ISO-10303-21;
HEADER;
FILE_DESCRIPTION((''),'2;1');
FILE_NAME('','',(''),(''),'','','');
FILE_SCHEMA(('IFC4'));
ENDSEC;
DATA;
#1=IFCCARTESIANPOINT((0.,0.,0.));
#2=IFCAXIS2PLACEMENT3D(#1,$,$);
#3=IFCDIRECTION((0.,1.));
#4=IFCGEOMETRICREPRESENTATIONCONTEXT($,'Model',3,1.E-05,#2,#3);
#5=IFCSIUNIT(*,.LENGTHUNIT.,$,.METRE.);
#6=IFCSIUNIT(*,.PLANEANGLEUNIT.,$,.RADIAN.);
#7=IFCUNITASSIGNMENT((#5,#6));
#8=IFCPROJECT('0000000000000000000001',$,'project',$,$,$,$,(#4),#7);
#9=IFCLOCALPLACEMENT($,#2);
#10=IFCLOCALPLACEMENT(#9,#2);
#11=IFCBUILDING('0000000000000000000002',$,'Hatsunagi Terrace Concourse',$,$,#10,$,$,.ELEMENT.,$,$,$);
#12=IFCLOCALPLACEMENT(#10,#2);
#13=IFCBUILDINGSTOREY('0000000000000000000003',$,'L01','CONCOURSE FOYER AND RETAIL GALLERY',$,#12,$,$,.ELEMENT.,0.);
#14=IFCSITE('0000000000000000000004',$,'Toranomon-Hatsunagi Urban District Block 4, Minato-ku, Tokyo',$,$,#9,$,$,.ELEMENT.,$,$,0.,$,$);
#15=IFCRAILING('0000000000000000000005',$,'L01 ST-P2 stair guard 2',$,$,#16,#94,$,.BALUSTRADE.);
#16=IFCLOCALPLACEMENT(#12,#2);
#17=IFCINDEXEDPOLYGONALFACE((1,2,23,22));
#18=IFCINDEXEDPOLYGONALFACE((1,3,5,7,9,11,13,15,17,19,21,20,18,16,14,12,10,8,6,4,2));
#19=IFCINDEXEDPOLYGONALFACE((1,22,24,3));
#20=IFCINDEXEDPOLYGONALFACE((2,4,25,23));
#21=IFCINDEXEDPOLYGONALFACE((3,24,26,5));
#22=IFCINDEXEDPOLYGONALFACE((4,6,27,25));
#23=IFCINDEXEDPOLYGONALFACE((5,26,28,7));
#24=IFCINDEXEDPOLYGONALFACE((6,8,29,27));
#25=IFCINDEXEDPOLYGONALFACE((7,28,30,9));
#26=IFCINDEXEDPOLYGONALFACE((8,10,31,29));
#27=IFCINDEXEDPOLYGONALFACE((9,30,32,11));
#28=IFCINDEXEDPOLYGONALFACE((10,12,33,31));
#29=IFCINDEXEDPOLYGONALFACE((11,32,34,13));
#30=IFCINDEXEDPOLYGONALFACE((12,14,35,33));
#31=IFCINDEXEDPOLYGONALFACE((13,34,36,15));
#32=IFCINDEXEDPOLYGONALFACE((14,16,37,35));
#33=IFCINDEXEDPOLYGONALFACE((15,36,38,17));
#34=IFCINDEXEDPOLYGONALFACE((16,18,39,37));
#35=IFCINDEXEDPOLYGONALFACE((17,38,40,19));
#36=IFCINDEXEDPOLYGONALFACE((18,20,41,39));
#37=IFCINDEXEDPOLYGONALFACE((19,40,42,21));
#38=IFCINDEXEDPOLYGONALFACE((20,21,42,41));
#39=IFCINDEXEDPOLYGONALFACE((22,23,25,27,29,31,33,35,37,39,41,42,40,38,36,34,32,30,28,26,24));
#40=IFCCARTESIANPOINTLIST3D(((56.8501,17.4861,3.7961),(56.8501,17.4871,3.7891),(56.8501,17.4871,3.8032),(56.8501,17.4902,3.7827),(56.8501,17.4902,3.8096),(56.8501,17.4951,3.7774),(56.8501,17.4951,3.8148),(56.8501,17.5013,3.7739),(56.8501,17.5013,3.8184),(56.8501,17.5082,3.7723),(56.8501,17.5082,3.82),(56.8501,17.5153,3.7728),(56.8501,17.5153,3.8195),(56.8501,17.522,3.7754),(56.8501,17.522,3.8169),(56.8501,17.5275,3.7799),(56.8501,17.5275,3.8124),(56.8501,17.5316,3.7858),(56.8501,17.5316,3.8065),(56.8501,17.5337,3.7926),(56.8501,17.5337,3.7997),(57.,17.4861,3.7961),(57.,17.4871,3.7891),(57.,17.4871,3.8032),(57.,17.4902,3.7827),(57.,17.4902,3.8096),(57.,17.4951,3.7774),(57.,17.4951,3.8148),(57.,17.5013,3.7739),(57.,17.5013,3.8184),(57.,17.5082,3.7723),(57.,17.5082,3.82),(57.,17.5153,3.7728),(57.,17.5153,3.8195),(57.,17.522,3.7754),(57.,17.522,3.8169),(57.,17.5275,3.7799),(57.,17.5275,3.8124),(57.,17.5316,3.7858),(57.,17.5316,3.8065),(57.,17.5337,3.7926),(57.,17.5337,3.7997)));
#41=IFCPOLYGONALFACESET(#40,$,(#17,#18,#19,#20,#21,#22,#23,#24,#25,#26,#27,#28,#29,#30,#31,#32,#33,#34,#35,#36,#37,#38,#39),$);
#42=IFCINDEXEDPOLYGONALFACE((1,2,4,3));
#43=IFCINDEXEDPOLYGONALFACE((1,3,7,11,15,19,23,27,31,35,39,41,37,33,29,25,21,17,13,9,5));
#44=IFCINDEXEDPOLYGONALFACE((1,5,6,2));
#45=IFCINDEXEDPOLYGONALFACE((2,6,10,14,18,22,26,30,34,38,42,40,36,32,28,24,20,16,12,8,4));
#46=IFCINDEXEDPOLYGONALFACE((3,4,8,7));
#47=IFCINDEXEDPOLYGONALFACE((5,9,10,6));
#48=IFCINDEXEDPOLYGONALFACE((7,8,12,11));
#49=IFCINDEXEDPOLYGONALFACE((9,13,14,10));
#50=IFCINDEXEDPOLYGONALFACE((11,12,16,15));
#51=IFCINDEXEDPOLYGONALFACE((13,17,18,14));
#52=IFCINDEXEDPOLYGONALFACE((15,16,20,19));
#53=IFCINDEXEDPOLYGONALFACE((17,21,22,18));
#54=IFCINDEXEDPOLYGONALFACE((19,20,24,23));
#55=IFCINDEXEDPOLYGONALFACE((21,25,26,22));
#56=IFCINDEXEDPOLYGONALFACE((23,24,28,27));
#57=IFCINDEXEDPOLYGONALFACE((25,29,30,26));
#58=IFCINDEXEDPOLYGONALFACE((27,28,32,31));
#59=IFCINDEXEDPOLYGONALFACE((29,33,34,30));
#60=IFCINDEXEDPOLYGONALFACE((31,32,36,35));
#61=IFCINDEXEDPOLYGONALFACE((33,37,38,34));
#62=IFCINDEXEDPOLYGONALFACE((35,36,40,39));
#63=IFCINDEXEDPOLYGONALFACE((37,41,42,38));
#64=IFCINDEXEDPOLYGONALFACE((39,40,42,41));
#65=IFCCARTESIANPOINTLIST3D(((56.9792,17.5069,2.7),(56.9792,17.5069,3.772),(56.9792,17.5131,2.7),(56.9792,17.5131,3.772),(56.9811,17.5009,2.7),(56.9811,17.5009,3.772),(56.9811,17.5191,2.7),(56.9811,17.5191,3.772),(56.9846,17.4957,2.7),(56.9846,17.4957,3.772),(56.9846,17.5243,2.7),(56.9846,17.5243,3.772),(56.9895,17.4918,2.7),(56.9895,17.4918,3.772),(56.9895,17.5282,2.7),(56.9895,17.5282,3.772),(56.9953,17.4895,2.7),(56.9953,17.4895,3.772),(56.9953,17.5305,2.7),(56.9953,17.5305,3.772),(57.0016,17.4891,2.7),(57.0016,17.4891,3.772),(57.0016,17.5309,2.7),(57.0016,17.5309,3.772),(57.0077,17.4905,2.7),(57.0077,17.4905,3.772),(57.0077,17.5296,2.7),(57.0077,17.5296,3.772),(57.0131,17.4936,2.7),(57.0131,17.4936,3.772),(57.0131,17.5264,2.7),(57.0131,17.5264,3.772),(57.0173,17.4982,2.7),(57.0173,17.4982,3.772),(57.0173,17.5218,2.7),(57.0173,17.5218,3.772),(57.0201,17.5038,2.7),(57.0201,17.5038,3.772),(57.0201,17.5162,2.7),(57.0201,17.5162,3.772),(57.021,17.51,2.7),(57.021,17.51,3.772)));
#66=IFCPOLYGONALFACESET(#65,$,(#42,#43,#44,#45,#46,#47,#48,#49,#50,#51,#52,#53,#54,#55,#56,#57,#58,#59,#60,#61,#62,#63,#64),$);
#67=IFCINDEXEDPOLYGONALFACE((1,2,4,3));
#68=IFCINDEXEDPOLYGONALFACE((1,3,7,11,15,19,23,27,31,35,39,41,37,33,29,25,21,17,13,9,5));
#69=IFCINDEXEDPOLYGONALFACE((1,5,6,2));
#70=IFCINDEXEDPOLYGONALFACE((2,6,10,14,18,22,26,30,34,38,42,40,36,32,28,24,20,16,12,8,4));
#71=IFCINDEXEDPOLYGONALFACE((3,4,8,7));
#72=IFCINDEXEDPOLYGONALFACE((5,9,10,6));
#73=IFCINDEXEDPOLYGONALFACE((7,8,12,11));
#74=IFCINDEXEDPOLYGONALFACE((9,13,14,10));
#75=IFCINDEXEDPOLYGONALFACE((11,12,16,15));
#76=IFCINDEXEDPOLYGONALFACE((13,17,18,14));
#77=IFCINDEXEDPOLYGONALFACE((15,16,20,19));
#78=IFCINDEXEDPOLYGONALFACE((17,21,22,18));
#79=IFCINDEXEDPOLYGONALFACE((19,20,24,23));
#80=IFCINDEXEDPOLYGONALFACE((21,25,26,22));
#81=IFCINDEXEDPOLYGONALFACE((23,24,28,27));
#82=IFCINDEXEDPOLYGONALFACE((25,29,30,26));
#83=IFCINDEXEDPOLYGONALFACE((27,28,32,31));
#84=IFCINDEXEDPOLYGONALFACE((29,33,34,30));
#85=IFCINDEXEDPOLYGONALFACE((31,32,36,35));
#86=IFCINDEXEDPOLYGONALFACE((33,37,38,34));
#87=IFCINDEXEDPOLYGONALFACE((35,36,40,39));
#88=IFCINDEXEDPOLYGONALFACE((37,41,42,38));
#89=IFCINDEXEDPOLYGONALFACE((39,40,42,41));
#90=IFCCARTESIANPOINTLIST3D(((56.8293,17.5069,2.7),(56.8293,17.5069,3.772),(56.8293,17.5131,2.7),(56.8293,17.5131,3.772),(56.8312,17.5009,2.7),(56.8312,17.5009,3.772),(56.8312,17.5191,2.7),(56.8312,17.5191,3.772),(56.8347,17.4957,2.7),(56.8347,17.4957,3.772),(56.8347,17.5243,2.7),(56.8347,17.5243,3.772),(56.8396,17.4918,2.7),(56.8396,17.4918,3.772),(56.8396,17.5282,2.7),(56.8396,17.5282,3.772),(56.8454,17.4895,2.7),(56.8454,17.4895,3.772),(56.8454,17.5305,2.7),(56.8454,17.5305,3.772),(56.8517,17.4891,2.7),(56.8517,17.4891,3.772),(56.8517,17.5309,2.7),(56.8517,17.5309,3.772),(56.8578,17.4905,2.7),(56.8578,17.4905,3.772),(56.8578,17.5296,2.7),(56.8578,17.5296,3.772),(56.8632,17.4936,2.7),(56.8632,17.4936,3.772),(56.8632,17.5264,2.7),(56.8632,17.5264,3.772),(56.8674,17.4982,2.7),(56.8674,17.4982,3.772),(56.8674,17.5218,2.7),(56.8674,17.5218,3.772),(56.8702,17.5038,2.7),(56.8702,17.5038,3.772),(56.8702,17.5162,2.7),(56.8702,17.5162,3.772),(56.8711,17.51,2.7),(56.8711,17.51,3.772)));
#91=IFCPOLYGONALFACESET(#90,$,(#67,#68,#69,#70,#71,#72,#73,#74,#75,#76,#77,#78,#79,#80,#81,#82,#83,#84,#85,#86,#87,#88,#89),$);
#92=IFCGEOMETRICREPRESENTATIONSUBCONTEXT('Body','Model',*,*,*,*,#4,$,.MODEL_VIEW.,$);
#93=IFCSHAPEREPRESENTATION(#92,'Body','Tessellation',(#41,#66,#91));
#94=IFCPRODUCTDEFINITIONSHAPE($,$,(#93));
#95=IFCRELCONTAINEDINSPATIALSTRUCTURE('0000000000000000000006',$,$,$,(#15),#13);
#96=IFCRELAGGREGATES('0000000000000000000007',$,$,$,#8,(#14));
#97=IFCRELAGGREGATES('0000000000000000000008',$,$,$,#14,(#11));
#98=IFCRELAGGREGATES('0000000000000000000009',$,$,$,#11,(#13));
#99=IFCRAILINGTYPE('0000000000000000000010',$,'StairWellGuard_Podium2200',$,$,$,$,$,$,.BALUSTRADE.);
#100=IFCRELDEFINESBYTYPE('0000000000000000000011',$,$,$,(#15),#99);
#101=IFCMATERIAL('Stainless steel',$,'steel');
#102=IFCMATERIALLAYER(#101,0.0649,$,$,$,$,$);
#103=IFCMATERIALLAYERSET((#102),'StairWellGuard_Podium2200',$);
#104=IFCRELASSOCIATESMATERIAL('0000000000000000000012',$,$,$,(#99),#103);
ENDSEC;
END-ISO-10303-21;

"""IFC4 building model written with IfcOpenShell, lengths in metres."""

from ifc_helpers import new_model, si_unit, direction, frame, origin, origin_2d, place, context, subcontext, project, spatial, circle, extrude, material, layer, layer_set, type_object, element, save


model = new_model("IFC4")

# Units and contexts
model_context = context("Model", 3, precision=1e-05, world=origin(), true_north=direction((0.0, 1.0)))
body_context = subcontext(model_context, "Body", "Model", "MODEL_VIEW")
ifc_project = project(units=[si_unit("LENGTHUNIT", "METRE"), si_unit("PLANEANGLEUNIT", "RADIAN")], contexts=[model_context])

# Site, building, storey
site_placement = place(None, origin())
site = spatial("IfcSite", under=ifc_project, at=site_placement, Name="Toranomon-Hatsunagi Urban District Block 4, Minato-ku, Tokyo", CompositionType="ELEMENT", RefElevation=0.0)
building_placement = place(site_placement, origin())
building = spatial("IfcBuilding", under=site, at=building_placement, Name="Hatsunagi Terrace Concourse", CompositionType="ELEMENT")
storey_placement = place(building_placement, origin())
storey = spatial("IfcBuildingStorey", under=building, at=storey_placement, Name="L01", Description="CONCOURSE FOYER AND RETAIL GALLERY", CompositionType="ELEMENT", Elevation=0.0)

# Railing
ifc_material_1 = material(Name="Stainless steel", Category="steel")
ifc_layer_1 = layer(ifc_material_1, 0.0649)
ifc_layer_set_1 = layer_set([ifc_layer_1], Name="StairWellGuard_Podium2200")
railing_type_1 = type_object("IfcRailingType", Name="StairWellGuard_Podium2200", PredefinedType="BALUSTRADE", material=ifc_layer_set_1)
railing_1_placement = place(storey_placement, frame((57.0, 17.51, 2.7)))
element("IfcRailing", 1, at=railing_1_placement, inside=storey, type_object=railing_type_1, Name="L01 ST-P2 stair guard 2", PredefinedType="BALUSTRADE", context=body_context, shape_type="SweptSolid", body=[
    extrude(circle(Radius=0.0239, at=origin_2d()), frame((0.0, 0.0, 1.0962), z_axis=(-1.0, 0.0, 0.0), x_axis=(0.0, -1.0, 0.0)), (0.0, 0.0, 1.0), 0.1499),
    extrude(circle(Radius=0.021, at=origin_2d()), origin(), (0.0, 0.0, 1.0), 1.072),
    extrude(circle(Radius=0.021, at=origin_2d()), frame((-0.1499, 0.0, 0.0)), (0.0, 0.0, 1.0), 1.072),
])

save(model, "model.ifc")
